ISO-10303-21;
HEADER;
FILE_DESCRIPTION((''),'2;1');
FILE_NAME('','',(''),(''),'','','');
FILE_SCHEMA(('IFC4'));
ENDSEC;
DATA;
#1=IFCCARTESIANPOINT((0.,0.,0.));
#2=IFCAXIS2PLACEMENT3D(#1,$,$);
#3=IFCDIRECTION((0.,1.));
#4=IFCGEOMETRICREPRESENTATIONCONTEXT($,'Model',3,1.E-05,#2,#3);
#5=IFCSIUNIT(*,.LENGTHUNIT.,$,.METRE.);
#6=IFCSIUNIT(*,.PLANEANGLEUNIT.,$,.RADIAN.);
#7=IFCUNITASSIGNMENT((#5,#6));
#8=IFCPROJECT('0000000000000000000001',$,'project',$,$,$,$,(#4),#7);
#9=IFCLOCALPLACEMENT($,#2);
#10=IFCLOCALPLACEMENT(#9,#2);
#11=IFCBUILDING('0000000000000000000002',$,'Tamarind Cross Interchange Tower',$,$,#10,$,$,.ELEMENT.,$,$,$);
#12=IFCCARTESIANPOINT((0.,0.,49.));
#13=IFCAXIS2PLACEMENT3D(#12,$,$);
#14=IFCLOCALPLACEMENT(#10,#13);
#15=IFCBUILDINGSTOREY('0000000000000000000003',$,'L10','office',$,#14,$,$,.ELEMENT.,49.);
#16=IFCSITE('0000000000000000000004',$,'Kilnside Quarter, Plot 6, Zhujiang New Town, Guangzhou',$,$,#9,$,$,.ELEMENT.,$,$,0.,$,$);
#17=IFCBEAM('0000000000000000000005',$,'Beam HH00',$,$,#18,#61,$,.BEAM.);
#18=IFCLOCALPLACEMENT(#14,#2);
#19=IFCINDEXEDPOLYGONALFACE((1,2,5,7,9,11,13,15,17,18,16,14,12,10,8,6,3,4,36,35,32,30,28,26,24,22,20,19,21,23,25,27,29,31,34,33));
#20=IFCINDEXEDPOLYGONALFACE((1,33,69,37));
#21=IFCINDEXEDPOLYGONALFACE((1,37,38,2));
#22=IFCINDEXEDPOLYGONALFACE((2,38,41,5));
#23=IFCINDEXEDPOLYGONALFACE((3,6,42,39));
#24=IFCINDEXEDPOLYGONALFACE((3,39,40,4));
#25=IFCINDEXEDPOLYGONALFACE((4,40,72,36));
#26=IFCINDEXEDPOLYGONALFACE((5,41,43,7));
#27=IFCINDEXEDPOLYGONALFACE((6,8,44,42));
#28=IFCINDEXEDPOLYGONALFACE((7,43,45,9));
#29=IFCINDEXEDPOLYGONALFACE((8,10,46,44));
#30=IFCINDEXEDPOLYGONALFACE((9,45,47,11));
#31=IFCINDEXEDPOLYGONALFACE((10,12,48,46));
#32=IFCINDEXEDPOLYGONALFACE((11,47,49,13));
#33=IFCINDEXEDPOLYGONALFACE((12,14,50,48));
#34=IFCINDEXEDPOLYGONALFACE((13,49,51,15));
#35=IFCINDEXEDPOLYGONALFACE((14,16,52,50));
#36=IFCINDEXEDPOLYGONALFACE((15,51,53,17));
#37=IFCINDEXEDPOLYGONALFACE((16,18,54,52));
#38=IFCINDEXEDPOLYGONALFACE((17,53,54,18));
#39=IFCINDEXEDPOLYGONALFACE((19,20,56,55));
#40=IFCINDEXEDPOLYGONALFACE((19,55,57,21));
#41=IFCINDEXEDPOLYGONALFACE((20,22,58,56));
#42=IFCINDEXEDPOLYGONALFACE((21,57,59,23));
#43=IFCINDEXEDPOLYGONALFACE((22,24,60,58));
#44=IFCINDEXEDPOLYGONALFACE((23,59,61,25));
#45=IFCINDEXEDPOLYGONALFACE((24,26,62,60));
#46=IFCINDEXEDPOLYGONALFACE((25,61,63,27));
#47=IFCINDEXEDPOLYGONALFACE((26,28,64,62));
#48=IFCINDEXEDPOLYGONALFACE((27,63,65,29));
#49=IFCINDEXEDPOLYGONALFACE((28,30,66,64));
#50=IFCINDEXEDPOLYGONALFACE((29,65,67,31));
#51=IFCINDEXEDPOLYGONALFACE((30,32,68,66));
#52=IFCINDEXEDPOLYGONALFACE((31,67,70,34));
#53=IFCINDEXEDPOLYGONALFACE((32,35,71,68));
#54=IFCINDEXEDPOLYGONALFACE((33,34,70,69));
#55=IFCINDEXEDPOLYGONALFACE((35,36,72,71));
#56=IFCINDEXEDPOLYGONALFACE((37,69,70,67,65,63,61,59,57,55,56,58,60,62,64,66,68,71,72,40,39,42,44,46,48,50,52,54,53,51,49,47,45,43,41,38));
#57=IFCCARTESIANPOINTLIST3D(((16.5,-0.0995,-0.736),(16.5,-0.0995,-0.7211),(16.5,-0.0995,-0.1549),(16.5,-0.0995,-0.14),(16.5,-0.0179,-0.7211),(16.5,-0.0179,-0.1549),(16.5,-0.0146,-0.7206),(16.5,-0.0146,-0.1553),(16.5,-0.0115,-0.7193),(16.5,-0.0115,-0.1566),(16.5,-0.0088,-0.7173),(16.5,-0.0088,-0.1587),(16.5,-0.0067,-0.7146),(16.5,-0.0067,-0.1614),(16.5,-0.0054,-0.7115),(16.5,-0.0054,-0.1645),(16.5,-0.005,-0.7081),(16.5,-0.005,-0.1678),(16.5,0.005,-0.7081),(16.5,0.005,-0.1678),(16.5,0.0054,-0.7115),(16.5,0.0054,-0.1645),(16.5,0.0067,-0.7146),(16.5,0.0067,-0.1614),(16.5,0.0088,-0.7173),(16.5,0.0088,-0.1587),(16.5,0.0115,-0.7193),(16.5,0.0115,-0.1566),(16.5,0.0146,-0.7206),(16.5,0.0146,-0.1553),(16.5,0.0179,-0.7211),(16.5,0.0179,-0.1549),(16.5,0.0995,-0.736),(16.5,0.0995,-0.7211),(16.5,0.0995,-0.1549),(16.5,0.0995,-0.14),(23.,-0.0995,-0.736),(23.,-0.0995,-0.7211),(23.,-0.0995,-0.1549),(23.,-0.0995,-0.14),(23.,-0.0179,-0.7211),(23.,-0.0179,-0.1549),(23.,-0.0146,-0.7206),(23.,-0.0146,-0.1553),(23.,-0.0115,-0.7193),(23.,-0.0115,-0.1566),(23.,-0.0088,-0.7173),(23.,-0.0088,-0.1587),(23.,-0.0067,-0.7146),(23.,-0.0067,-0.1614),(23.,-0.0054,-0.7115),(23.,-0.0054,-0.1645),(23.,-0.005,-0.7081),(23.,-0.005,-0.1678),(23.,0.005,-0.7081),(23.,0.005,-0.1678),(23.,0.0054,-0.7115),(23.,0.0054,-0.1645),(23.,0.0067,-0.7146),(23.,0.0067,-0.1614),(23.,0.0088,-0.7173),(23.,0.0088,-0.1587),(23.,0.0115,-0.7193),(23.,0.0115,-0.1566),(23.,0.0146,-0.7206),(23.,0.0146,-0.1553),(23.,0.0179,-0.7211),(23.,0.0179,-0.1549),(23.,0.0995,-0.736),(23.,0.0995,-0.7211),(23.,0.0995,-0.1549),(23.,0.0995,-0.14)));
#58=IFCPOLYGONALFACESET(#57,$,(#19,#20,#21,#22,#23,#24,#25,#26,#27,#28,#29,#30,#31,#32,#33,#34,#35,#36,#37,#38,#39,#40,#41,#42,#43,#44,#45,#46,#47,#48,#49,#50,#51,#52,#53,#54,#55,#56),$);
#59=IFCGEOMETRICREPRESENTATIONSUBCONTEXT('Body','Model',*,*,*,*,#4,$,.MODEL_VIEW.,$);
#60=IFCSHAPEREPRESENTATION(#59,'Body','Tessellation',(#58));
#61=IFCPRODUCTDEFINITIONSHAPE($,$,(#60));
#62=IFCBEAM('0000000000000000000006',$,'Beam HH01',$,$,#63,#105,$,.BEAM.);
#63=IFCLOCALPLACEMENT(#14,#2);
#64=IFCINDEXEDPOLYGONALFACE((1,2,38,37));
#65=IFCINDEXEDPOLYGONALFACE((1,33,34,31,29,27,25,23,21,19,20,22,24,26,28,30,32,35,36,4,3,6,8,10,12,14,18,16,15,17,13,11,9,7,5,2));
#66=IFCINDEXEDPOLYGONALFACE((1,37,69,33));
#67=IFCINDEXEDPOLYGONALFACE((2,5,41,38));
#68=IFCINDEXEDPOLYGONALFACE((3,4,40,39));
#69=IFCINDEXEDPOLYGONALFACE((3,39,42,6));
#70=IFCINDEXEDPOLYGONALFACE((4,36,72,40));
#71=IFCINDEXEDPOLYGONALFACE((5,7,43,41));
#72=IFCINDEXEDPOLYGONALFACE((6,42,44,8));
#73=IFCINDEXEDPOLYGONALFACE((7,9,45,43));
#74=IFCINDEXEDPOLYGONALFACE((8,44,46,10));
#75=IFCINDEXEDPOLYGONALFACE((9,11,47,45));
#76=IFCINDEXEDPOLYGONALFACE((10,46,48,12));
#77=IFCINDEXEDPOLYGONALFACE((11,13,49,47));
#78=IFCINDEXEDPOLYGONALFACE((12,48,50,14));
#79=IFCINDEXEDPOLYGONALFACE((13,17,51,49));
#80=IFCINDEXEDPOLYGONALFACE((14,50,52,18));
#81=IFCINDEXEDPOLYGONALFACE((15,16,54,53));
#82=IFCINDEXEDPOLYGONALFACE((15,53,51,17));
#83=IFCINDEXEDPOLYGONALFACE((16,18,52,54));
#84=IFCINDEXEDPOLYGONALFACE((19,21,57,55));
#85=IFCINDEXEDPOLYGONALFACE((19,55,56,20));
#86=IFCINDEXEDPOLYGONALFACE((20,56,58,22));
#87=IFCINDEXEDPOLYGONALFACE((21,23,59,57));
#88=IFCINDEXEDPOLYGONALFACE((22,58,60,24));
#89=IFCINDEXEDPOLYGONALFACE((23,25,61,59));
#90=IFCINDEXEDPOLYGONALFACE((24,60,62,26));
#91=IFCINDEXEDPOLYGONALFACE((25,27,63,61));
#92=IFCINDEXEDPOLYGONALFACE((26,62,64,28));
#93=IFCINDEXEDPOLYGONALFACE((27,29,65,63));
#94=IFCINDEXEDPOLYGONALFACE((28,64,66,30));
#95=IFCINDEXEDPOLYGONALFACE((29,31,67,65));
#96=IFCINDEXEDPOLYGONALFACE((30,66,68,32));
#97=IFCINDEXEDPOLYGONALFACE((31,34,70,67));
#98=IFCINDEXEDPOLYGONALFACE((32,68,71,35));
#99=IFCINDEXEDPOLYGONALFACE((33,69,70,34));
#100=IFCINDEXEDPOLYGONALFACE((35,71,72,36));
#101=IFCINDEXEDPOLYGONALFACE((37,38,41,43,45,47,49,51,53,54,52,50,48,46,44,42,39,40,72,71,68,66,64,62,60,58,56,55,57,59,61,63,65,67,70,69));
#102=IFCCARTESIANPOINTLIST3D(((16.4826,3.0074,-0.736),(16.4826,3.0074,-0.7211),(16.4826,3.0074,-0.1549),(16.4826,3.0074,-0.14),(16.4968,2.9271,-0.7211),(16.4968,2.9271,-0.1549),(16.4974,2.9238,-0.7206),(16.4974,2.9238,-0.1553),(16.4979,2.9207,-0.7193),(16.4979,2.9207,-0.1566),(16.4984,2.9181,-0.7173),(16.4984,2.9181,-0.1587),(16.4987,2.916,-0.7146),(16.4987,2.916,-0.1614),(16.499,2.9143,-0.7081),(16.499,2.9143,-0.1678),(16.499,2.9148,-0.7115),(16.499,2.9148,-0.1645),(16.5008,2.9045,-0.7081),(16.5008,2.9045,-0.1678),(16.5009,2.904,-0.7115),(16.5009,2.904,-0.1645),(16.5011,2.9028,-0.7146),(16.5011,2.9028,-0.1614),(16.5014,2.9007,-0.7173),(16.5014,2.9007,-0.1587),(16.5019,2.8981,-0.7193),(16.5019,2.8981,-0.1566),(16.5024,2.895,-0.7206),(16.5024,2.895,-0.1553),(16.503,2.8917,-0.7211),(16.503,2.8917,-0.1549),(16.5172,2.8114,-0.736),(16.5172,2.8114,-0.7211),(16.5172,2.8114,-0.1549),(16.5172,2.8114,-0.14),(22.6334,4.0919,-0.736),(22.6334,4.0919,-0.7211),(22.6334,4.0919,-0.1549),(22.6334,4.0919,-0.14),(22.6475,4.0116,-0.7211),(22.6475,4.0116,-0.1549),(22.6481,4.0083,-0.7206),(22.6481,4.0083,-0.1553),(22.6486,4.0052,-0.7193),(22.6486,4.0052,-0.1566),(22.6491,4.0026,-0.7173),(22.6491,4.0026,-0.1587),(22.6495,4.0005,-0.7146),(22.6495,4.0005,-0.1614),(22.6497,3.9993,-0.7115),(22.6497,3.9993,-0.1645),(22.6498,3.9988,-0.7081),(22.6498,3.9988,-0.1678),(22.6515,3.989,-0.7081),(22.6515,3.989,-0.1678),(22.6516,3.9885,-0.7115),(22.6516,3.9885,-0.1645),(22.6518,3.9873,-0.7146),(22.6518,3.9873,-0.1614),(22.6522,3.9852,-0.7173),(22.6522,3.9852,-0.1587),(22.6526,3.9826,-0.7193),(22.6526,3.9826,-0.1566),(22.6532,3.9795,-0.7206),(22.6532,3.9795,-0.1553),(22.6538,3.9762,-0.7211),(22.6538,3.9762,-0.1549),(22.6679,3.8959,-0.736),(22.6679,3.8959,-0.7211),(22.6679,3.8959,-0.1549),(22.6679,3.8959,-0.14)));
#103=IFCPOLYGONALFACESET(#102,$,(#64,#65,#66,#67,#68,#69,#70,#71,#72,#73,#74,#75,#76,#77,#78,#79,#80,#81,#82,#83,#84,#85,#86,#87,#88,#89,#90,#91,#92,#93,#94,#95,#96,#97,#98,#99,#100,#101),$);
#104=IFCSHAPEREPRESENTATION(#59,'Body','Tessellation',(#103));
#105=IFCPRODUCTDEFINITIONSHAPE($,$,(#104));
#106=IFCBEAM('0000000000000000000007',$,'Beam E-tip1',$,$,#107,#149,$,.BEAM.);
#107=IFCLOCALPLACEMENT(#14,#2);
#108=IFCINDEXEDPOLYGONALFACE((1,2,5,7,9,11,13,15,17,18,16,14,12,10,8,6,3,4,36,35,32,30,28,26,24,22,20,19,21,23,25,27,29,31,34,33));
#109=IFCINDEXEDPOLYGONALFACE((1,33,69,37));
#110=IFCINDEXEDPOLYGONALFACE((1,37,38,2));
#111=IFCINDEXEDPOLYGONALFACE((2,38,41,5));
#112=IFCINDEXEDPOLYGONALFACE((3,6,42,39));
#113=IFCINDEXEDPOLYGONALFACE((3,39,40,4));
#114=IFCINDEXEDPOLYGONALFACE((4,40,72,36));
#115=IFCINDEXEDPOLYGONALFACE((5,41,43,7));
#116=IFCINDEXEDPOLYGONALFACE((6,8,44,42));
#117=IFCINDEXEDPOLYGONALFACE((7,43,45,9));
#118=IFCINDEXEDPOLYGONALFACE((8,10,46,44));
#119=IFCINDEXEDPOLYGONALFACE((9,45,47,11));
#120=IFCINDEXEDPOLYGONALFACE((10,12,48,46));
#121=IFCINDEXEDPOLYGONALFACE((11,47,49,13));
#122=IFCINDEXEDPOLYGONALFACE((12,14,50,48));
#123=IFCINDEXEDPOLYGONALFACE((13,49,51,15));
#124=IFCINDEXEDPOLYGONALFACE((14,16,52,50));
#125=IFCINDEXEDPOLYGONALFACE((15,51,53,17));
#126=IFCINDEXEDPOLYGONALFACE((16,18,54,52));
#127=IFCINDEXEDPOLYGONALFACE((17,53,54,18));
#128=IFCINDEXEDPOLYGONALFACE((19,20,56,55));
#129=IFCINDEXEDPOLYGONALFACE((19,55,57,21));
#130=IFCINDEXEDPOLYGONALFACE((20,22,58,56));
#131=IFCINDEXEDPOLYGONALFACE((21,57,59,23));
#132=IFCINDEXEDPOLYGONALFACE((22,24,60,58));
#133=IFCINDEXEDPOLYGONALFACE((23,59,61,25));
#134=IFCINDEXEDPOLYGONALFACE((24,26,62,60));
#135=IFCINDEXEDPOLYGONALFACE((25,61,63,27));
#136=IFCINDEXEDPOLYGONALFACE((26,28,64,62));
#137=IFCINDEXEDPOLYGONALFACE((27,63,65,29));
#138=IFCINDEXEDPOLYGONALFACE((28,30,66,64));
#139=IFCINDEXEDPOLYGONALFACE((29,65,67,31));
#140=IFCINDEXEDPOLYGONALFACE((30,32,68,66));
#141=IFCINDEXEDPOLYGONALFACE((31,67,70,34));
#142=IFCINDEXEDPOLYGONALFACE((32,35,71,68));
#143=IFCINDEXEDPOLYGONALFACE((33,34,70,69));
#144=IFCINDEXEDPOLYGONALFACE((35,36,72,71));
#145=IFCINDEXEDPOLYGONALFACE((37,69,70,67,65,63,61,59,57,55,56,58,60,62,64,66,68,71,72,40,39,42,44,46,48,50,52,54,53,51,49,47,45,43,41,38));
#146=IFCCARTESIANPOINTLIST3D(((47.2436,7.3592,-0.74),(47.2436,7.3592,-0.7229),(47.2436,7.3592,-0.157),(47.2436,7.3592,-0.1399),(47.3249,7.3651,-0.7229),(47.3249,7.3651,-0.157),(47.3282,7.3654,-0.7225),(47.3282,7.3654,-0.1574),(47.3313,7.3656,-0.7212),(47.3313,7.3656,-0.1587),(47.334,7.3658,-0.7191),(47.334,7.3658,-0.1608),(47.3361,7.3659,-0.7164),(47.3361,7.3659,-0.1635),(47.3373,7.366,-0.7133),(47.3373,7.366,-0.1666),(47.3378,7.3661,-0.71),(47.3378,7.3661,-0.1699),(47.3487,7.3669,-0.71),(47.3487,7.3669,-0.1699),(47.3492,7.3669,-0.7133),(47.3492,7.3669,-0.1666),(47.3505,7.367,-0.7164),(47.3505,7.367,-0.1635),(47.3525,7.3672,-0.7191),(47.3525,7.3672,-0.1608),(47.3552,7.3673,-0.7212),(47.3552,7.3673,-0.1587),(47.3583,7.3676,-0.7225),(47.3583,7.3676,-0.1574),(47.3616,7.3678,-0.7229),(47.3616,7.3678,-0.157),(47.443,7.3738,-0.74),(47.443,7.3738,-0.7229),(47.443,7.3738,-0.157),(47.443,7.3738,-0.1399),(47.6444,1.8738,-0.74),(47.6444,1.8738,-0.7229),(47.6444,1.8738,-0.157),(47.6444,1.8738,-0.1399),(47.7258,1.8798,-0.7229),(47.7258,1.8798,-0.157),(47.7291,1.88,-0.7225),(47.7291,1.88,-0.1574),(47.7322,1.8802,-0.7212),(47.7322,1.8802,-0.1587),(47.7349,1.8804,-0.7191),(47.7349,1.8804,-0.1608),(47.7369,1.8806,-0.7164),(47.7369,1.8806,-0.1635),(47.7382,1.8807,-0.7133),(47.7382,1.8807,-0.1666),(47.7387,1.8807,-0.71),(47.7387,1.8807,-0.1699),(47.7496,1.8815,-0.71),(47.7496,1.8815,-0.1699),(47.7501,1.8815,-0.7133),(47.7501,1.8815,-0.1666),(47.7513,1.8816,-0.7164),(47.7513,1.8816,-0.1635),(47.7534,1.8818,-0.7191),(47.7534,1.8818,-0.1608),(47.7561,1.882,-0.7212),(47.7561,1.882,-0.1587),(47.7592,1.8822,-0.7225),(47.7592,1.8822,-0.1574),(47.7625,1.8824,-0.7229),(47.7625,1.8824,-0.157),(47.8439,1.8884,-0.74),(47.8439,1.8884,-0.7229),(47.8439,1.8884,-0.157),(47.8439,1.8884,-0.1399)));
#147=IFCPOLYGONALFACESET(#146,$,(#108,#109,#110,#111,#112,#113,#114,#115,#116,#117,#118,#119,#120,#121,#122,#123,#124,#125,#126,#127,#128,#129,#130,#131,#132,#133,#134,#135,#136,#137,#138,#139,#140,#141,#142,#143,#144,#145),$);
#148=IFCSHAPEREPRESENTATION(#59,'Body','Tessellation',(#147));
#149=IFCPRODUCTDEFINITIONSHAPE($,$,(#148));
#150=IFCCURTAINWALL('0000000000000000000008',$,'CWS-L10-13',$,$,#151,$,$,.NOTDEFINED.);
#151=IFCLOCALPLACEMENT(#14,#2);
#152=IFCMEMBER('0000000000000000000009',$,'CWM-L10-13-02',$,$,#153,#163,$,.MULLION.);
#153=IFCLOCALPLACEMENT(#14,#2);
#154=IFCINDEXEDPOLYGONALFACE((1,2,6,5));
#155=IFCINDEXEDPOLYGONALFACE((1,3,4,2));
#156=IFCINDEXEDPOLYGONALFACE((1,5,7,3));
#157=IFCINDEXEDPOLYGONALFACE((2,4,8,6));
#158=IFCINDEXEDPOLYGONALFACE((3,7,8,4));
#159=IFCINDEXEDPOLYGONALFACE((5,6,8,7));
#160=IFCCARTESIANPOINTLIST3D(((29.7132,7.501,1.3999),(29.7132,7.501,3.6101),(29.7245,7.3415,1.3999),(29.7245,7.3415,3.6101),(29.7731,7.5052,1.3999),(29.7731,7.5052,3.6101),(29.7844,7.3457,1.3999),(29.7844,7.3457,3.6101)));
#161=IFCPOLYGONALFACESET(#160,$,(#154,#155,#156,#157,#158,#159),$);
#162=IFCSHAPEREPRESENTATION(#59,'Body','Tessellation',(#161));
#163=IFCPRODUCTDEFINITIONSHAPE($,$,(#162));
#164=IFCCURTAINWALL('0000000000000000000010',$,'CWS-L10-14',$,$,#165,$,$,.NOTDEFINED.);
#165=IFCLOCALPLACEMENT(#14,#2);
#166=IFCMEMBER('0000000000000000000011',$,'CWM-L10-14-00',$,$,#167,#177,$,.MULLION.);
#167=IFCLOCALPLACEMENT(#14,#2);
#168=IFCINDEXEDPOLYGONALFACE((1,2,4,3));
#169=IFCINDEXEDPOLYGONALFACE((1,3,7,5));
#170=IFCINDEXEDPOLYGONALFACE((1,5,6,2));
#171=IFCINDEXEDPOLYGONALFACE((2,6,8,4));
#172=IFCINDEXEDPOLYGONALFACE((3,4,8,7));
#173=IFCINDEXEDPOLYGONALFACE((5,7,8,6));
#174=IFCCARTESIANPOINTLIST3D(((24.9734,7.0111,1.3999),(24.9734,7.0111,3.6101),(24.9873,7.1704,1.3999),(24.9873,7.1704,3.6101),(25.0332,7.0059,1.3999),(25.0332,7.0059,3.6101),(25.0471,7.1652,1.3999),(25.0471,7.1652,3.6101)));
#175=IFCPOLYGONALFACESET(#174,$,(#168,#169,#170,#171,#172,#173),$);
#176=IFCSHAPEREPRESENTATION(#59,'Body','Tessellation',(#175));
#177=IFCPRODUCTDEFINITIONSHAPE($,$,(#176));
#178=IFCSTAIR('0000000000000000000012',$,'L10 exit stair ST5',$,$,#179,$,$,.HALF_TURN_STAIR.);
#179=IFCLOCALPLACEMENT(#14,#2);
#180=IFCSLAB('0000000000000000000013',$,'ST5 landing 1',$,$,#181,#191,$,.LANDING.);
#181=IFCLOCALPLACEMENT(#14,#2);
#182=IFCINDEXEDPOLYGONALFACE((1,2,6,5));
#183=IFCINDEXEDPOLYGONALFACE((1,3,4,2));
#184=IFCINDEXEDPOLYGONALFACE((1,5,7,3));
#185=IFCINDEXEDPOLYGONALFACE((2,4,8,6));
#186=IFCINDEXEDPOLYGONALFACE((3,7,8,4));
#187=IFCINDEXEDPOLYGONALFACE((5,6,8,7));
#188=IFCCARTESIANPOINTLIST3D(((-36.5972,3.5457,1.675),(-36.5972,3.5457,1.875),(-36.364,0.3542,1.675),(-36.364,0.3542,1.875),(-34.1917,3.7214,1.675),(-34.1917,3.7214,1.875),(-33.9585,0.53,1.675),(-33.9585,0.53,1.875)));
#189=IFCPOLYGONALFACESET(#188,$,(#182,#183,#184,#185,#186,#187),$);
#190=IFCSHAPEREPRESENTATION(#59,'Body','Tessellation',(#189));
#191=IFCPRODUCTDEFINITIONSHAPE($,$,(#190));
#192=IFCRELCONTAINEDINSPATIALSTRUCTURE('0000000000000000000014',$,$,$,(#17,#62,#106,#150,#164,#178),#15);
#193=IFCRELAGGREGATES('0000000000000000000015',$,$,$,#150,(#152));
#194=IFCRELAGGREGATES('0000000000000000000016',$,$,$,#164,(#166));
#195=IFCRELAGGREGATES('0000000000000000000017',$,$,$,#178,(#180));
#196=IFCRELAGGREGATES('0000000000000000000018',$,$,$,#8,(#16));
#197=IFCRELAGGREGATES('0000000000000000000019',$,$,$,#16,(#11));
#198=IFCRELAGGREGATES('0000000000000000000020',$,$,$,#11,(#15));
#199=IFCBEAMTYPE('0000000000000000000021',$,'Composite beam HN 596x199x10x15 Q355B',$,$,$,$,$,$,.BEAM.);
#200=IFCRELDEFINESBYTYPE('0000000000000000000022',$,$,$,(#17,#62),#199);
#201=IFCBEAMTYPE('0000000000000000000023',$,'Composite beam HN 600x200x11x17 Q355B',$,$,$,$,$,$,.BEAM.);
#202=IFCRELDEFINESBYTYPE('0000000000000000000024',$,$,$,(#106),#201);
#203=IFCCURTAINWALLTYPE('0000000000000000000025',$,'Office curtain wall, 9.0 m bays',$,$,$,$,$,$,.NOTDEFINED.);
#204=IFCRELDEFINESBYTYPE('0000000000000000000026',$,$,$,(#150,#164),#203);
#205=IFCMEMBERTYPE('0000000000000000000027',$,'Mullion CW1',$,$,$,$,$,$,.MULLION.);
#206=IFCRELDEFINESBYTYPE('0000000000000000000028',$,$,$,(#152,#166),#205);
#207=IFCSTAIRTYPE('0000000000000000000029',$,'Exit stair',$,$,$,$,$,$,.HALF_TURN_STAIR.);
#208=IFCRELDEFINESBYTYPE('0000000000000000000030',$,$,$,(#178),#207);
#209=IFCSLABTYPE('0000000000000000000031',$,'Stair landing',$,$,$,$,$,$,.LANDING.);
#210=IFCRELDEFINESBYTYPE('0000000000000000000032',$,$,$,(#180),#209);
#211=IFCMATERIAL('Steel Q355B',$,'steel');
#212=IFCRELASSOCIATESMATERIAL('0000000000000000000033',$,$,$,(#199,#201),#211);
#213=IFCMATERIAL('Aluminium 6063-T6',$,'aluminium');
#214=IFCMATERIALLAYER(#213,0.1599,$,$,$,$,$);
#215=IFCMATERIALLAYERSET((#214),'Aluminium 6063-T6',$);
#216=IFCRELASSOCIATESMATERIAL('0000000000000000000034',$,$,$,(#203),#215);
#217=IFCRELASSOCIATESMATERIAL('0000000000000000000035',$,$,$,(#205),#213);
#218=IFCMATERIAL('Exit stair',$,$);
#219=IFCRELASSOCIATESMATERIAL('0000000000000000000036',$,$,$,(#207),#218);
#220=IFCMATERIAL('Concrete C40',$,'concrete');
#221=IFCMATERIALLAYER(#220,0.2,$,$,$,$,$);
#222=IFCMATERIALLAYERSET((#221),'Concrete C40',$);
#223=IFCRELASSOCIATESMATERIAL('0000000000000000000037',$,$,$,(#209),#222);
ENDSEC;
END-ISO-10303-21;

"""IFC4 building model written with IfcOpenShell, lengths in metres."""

from ifc_helpers import new_model, si_unit, direction, frame, origin, origin_2d, place, context, subcontext, project, spatial, polyline, rectangle, i_section, outline, extrude, material, layer, layer_set, material_profile, profile_set, type_object, element, aggregate, save


model = new_model("IFC4")

# Units and contexts
model_context = context("Model", 3, precision=1e-05, world=origin(), true_north=direction((0.0, 1.0)))
body_context = subcontext(model_context, "Body", "Model", "MODEL_VIEW")
ifc_project = project(units=[si_unit("LENGTHUNIT", "METRE"), si_unit("PLANEANGLEUNIT", "RADIAN")], contexts=[model_context])

# Site, building, storey
site_placement = place(None, origin())
site = spatial("IfcSite", under=ifc_project, at=site_placement, Name="Kilnside Quarter, Plot 6, Zhujiang New Town, Guangzhou", CompositionType="ELEMENT", RefElevation=0.0)
building_placement = place(site_placement, origin())
building = spatial("IfcBuilding", under=site, at=building_placement, Name="Tamarind Cross Interchange Tower", CompositionType="ELEMENT")
storey_placement = place(building_placement, frame((0.0, 0.0, 49.0)))
storey = spatial("IfcBuildingStorey", under=building, at=storey_placement, Name="L10", Description="office", CompositionType="ELEMENT", Elevation=49.0)

# Beams
ifc_material_1 = material(Name="Steel Q355B", Category="steel")
ifc_material_profile_1 = material_profile(ifc_material_1, i_section(OverallWidth=0.199, OverallDepth=0.5959, WebThickness=0.01, FlangeThickness=0.0149, FilletRadius=0.0129, at=origin_2d()), Name="HN 596x199x10x15")
ifc_profile_set_1 = profile_set([ifc_material_profile_1], Name="Steel Q355B")
beam_type_1 = type_object("IfcBeamType", Name="Composite beam HN 596x199x10x15 Q355B", PredefinedType="BEAM", material=ifc_profile_set_1)
beam_1_placement = place(storey_placement, frame((23.0, 0.0, -0.438), z_axis=(-1.0, 0.0, 0.0), x_axis=(0.0, -1.0, 0.0)))
element("IfcBeam", 1, at=beam_1_placement, inside=storey, type_object=beam_type_1, Name="Beam HH00", PredefinedType="BEAM", context=body_context, shape_type="SweptSolid", body=[
    extrude(i_section(OverallWidth=0.199, OverallDepth=0.5959, WebThickness=0.01, FlangeThickness=0.0149, FilletRadius=0.0129, at=origin_2d()), origin(), (0.0, 0.0, 1.0), 6.5),
])
beam_2_placement = place(storey_placement, frame((22.6506, 3.9939, -0.438), z_axis=(-0.984809, -0.17364, 0.0), x_axis=(0.17364, -0.984809, 0.0)))
element("IfcBeam", 2, at=beam_2_placement, inside=storey, type_object=beam_type_1, Name="Beam HH01", PredefinedType="BEAM", context=body_context, shape_type="SweptSolid", body=[
    extrude(i_section(OverallWidth=0.199, OverallDepth=0.5959, WebThickness=0.01, FlangeThickness=0.0149, FilletRadius=0.0129, at=origin_2d()), origin(), (0.0, 0.0, 1.0), 6.2456),
])
ifc_material_profile_2 = material_profile(ifc_material_1, i_section(OverallWidth=0.2, OverallDepth=0.6001, WebThickness=0.011, FlangeThickness=0.0171, FilletRadius=0.0129, at=origin_2d()), Name="HN 600x200x11x17")
ifc_profile_set_2 = profile_set([ifc_material_profile_2], Name="Steel Q355B")
beam_type_2 = type_object("IfcBeamType", Name="Composite beam HN 600x200x11x17 Q355B", PredefinedType="BEAM", material=ifc_profile_set_2)
beam_3_placement = place(storey_placement, frame((47.7441, 1.8811, -0.4399), z_axis=(-0.072887, 0.99734, 0.0), x_axis=(-0.99734, -0.072887, 0.0)))
element("IfcBeam", 3, at=beam_3_placement, inside=storey, type_object=beam_type_2, Name="Beam E-tip1", PredefinedType="BEAM", context=body_context, shape_type="SweptSolid", body=[
    extrude(i_section(OverallWidth=0.2, OverallDepth=0.6001, WebThickness=0.011, FlangeThickness=0.0171, FilletRadius=0.0129, at=origin_2d()), origin(), (0.0, 0.0, 1.0), 5.5),
])

# Curtain walls, members
ifc_material_2 = material(Name="Aluminium 6063-T6", Category="aluminium")
ifc_layer_1 = layer(ifc_material_2, 0.1599)
ifc_layer_set_1 = layer_set([ifc_layer_1], Name="Aluminium 6063-T6")
curtain_wall_type = type_object("IfcCurtainWallType", Name="Office curtain wall, 9.0 m bays", PredefinedType="NOTDEFINED", material=ifc_layer_set_1)
curtain_wall_1_placement = place(storey_placement, origin())
curtain_wall_1 = element("IfcCurtainWall", 4, at=curtain_wall_1_placement, inside=storey, type_object=curtain_wall_type, Name="CWS-L10-13", PredefinedType="NOTDEFINED")
ifc_material_profile_3 = material_profile(ifc_material_2, rectangle(XDim=0.0601, YDim=0.1599, at=origin_2d()), Name="Mullion CW1")
ifc_profile_set_3 = profile_set([ifc_material_profile_3], Name="Aluminium 6063-T6")
member_type = type_object("IfcMemberType", Name="Mullion CW1", PredefinedType="MULLION", material=ifc_profile_set_3)
member_1_placement = place(storey_placement, frame((29.7488, 7.4233, 1.3999), z_axis=(0.0, 0.0, 1.0), x_axis=(-0.997505, -0.070594, 0.0)))
member_1 = element("IfcMember", 5, at=member_1_placement, type_object=member_type, Name="CWM-L10-13-02", PredefinedType="MULLION", context=body_context, shape_type="SweptSolid", body=[
    extrude(rectangle(XDim=0.0601, YDim=0.1599, at=origin_2d()), origin(), (0.0, 0.0, 1.0), 2.2102),
])
aggregate(curtain_wall_1, [member_1])
curtain_wall_2_placement = place(storey_placement, origin())
curtain_wall_2 = element("IfcCurtainWall", 6, at=curtain_wall_2_placement, inside=storey, type_object=curtain_wall_type, Name="CWS-L10-14", PredefinedType="NOTDEFINED")
member_2_placement = place(storey_placement, frame((25.0103, 7.0881, 1.3999), z_axis=(0.0, 0.0, 1.0), x_axis=(-0.996203, 0.087056, 0.0)))
member_2 = element("IfcMember", 7, at=member_2_placement, type_object=member_type, Name="CWM-L10-14-00", PredefinedType="MULLION", context=body_context, shape_type="SweptSolid", body=[
    extrude(rectangle(XDim=0.0601, YDim=0.1599, at=origin_2d()), origin(), (0.0, 0.0, 1.0), 2.2102),
])
aggregate(curtain_wall_2, [member_2])

# Stair, slab
ifc_material_3 = material(Name="Exit stair")
stair_type = type_object("IfcStairType", Name="Exit stair", PredefinedType="HALF_TURN_STAIR", material=ifc_material_3)
stair_1_placement = place(storey_placement, origin())
stair_1 = element("IfcStair", 8, at=stair_1_placement, inside=storey, type_object=stair_type, Name="L10 exit stair ST5", PredefinedType="HALF_TURN_STAIR")
ifc_material_4 = material(Name="Concrete C40", Category="concrete")
ifc_layer_2 = layer(ifc_material_4, 0.2)
ifc_layer_set_2 = layer_set([ifc_layer_2], Name="Concrete C40")
slab_type = type_object("IfcSlabType", Name="Stair landing", PredefinedType="LANDING", material=ifc_layer_set_2)
slab_1_placement = place(storey_placement, frame((0.0, 0.0, 1.675)))
slab_1 = element("IfcSlab", 9, at=slab_1_placement, type_object=slab_type, Name="ST5 landing 1", PredefinedType="LANDING", context=body_context, shape_type="SweptSolid", body=[
    extrude(outline(polyline([(-34.1917, 3.7214), (-36.5972, 3.5457), (-36.364, 0.3542), (-33.9585, 0.53), (-34.1917, 3.7214)])), origin(), (0.0, 0.0, 1.0), 0.2),
])
aggregate(stair_1, [slab_1])

save(model, "model.ifc")
